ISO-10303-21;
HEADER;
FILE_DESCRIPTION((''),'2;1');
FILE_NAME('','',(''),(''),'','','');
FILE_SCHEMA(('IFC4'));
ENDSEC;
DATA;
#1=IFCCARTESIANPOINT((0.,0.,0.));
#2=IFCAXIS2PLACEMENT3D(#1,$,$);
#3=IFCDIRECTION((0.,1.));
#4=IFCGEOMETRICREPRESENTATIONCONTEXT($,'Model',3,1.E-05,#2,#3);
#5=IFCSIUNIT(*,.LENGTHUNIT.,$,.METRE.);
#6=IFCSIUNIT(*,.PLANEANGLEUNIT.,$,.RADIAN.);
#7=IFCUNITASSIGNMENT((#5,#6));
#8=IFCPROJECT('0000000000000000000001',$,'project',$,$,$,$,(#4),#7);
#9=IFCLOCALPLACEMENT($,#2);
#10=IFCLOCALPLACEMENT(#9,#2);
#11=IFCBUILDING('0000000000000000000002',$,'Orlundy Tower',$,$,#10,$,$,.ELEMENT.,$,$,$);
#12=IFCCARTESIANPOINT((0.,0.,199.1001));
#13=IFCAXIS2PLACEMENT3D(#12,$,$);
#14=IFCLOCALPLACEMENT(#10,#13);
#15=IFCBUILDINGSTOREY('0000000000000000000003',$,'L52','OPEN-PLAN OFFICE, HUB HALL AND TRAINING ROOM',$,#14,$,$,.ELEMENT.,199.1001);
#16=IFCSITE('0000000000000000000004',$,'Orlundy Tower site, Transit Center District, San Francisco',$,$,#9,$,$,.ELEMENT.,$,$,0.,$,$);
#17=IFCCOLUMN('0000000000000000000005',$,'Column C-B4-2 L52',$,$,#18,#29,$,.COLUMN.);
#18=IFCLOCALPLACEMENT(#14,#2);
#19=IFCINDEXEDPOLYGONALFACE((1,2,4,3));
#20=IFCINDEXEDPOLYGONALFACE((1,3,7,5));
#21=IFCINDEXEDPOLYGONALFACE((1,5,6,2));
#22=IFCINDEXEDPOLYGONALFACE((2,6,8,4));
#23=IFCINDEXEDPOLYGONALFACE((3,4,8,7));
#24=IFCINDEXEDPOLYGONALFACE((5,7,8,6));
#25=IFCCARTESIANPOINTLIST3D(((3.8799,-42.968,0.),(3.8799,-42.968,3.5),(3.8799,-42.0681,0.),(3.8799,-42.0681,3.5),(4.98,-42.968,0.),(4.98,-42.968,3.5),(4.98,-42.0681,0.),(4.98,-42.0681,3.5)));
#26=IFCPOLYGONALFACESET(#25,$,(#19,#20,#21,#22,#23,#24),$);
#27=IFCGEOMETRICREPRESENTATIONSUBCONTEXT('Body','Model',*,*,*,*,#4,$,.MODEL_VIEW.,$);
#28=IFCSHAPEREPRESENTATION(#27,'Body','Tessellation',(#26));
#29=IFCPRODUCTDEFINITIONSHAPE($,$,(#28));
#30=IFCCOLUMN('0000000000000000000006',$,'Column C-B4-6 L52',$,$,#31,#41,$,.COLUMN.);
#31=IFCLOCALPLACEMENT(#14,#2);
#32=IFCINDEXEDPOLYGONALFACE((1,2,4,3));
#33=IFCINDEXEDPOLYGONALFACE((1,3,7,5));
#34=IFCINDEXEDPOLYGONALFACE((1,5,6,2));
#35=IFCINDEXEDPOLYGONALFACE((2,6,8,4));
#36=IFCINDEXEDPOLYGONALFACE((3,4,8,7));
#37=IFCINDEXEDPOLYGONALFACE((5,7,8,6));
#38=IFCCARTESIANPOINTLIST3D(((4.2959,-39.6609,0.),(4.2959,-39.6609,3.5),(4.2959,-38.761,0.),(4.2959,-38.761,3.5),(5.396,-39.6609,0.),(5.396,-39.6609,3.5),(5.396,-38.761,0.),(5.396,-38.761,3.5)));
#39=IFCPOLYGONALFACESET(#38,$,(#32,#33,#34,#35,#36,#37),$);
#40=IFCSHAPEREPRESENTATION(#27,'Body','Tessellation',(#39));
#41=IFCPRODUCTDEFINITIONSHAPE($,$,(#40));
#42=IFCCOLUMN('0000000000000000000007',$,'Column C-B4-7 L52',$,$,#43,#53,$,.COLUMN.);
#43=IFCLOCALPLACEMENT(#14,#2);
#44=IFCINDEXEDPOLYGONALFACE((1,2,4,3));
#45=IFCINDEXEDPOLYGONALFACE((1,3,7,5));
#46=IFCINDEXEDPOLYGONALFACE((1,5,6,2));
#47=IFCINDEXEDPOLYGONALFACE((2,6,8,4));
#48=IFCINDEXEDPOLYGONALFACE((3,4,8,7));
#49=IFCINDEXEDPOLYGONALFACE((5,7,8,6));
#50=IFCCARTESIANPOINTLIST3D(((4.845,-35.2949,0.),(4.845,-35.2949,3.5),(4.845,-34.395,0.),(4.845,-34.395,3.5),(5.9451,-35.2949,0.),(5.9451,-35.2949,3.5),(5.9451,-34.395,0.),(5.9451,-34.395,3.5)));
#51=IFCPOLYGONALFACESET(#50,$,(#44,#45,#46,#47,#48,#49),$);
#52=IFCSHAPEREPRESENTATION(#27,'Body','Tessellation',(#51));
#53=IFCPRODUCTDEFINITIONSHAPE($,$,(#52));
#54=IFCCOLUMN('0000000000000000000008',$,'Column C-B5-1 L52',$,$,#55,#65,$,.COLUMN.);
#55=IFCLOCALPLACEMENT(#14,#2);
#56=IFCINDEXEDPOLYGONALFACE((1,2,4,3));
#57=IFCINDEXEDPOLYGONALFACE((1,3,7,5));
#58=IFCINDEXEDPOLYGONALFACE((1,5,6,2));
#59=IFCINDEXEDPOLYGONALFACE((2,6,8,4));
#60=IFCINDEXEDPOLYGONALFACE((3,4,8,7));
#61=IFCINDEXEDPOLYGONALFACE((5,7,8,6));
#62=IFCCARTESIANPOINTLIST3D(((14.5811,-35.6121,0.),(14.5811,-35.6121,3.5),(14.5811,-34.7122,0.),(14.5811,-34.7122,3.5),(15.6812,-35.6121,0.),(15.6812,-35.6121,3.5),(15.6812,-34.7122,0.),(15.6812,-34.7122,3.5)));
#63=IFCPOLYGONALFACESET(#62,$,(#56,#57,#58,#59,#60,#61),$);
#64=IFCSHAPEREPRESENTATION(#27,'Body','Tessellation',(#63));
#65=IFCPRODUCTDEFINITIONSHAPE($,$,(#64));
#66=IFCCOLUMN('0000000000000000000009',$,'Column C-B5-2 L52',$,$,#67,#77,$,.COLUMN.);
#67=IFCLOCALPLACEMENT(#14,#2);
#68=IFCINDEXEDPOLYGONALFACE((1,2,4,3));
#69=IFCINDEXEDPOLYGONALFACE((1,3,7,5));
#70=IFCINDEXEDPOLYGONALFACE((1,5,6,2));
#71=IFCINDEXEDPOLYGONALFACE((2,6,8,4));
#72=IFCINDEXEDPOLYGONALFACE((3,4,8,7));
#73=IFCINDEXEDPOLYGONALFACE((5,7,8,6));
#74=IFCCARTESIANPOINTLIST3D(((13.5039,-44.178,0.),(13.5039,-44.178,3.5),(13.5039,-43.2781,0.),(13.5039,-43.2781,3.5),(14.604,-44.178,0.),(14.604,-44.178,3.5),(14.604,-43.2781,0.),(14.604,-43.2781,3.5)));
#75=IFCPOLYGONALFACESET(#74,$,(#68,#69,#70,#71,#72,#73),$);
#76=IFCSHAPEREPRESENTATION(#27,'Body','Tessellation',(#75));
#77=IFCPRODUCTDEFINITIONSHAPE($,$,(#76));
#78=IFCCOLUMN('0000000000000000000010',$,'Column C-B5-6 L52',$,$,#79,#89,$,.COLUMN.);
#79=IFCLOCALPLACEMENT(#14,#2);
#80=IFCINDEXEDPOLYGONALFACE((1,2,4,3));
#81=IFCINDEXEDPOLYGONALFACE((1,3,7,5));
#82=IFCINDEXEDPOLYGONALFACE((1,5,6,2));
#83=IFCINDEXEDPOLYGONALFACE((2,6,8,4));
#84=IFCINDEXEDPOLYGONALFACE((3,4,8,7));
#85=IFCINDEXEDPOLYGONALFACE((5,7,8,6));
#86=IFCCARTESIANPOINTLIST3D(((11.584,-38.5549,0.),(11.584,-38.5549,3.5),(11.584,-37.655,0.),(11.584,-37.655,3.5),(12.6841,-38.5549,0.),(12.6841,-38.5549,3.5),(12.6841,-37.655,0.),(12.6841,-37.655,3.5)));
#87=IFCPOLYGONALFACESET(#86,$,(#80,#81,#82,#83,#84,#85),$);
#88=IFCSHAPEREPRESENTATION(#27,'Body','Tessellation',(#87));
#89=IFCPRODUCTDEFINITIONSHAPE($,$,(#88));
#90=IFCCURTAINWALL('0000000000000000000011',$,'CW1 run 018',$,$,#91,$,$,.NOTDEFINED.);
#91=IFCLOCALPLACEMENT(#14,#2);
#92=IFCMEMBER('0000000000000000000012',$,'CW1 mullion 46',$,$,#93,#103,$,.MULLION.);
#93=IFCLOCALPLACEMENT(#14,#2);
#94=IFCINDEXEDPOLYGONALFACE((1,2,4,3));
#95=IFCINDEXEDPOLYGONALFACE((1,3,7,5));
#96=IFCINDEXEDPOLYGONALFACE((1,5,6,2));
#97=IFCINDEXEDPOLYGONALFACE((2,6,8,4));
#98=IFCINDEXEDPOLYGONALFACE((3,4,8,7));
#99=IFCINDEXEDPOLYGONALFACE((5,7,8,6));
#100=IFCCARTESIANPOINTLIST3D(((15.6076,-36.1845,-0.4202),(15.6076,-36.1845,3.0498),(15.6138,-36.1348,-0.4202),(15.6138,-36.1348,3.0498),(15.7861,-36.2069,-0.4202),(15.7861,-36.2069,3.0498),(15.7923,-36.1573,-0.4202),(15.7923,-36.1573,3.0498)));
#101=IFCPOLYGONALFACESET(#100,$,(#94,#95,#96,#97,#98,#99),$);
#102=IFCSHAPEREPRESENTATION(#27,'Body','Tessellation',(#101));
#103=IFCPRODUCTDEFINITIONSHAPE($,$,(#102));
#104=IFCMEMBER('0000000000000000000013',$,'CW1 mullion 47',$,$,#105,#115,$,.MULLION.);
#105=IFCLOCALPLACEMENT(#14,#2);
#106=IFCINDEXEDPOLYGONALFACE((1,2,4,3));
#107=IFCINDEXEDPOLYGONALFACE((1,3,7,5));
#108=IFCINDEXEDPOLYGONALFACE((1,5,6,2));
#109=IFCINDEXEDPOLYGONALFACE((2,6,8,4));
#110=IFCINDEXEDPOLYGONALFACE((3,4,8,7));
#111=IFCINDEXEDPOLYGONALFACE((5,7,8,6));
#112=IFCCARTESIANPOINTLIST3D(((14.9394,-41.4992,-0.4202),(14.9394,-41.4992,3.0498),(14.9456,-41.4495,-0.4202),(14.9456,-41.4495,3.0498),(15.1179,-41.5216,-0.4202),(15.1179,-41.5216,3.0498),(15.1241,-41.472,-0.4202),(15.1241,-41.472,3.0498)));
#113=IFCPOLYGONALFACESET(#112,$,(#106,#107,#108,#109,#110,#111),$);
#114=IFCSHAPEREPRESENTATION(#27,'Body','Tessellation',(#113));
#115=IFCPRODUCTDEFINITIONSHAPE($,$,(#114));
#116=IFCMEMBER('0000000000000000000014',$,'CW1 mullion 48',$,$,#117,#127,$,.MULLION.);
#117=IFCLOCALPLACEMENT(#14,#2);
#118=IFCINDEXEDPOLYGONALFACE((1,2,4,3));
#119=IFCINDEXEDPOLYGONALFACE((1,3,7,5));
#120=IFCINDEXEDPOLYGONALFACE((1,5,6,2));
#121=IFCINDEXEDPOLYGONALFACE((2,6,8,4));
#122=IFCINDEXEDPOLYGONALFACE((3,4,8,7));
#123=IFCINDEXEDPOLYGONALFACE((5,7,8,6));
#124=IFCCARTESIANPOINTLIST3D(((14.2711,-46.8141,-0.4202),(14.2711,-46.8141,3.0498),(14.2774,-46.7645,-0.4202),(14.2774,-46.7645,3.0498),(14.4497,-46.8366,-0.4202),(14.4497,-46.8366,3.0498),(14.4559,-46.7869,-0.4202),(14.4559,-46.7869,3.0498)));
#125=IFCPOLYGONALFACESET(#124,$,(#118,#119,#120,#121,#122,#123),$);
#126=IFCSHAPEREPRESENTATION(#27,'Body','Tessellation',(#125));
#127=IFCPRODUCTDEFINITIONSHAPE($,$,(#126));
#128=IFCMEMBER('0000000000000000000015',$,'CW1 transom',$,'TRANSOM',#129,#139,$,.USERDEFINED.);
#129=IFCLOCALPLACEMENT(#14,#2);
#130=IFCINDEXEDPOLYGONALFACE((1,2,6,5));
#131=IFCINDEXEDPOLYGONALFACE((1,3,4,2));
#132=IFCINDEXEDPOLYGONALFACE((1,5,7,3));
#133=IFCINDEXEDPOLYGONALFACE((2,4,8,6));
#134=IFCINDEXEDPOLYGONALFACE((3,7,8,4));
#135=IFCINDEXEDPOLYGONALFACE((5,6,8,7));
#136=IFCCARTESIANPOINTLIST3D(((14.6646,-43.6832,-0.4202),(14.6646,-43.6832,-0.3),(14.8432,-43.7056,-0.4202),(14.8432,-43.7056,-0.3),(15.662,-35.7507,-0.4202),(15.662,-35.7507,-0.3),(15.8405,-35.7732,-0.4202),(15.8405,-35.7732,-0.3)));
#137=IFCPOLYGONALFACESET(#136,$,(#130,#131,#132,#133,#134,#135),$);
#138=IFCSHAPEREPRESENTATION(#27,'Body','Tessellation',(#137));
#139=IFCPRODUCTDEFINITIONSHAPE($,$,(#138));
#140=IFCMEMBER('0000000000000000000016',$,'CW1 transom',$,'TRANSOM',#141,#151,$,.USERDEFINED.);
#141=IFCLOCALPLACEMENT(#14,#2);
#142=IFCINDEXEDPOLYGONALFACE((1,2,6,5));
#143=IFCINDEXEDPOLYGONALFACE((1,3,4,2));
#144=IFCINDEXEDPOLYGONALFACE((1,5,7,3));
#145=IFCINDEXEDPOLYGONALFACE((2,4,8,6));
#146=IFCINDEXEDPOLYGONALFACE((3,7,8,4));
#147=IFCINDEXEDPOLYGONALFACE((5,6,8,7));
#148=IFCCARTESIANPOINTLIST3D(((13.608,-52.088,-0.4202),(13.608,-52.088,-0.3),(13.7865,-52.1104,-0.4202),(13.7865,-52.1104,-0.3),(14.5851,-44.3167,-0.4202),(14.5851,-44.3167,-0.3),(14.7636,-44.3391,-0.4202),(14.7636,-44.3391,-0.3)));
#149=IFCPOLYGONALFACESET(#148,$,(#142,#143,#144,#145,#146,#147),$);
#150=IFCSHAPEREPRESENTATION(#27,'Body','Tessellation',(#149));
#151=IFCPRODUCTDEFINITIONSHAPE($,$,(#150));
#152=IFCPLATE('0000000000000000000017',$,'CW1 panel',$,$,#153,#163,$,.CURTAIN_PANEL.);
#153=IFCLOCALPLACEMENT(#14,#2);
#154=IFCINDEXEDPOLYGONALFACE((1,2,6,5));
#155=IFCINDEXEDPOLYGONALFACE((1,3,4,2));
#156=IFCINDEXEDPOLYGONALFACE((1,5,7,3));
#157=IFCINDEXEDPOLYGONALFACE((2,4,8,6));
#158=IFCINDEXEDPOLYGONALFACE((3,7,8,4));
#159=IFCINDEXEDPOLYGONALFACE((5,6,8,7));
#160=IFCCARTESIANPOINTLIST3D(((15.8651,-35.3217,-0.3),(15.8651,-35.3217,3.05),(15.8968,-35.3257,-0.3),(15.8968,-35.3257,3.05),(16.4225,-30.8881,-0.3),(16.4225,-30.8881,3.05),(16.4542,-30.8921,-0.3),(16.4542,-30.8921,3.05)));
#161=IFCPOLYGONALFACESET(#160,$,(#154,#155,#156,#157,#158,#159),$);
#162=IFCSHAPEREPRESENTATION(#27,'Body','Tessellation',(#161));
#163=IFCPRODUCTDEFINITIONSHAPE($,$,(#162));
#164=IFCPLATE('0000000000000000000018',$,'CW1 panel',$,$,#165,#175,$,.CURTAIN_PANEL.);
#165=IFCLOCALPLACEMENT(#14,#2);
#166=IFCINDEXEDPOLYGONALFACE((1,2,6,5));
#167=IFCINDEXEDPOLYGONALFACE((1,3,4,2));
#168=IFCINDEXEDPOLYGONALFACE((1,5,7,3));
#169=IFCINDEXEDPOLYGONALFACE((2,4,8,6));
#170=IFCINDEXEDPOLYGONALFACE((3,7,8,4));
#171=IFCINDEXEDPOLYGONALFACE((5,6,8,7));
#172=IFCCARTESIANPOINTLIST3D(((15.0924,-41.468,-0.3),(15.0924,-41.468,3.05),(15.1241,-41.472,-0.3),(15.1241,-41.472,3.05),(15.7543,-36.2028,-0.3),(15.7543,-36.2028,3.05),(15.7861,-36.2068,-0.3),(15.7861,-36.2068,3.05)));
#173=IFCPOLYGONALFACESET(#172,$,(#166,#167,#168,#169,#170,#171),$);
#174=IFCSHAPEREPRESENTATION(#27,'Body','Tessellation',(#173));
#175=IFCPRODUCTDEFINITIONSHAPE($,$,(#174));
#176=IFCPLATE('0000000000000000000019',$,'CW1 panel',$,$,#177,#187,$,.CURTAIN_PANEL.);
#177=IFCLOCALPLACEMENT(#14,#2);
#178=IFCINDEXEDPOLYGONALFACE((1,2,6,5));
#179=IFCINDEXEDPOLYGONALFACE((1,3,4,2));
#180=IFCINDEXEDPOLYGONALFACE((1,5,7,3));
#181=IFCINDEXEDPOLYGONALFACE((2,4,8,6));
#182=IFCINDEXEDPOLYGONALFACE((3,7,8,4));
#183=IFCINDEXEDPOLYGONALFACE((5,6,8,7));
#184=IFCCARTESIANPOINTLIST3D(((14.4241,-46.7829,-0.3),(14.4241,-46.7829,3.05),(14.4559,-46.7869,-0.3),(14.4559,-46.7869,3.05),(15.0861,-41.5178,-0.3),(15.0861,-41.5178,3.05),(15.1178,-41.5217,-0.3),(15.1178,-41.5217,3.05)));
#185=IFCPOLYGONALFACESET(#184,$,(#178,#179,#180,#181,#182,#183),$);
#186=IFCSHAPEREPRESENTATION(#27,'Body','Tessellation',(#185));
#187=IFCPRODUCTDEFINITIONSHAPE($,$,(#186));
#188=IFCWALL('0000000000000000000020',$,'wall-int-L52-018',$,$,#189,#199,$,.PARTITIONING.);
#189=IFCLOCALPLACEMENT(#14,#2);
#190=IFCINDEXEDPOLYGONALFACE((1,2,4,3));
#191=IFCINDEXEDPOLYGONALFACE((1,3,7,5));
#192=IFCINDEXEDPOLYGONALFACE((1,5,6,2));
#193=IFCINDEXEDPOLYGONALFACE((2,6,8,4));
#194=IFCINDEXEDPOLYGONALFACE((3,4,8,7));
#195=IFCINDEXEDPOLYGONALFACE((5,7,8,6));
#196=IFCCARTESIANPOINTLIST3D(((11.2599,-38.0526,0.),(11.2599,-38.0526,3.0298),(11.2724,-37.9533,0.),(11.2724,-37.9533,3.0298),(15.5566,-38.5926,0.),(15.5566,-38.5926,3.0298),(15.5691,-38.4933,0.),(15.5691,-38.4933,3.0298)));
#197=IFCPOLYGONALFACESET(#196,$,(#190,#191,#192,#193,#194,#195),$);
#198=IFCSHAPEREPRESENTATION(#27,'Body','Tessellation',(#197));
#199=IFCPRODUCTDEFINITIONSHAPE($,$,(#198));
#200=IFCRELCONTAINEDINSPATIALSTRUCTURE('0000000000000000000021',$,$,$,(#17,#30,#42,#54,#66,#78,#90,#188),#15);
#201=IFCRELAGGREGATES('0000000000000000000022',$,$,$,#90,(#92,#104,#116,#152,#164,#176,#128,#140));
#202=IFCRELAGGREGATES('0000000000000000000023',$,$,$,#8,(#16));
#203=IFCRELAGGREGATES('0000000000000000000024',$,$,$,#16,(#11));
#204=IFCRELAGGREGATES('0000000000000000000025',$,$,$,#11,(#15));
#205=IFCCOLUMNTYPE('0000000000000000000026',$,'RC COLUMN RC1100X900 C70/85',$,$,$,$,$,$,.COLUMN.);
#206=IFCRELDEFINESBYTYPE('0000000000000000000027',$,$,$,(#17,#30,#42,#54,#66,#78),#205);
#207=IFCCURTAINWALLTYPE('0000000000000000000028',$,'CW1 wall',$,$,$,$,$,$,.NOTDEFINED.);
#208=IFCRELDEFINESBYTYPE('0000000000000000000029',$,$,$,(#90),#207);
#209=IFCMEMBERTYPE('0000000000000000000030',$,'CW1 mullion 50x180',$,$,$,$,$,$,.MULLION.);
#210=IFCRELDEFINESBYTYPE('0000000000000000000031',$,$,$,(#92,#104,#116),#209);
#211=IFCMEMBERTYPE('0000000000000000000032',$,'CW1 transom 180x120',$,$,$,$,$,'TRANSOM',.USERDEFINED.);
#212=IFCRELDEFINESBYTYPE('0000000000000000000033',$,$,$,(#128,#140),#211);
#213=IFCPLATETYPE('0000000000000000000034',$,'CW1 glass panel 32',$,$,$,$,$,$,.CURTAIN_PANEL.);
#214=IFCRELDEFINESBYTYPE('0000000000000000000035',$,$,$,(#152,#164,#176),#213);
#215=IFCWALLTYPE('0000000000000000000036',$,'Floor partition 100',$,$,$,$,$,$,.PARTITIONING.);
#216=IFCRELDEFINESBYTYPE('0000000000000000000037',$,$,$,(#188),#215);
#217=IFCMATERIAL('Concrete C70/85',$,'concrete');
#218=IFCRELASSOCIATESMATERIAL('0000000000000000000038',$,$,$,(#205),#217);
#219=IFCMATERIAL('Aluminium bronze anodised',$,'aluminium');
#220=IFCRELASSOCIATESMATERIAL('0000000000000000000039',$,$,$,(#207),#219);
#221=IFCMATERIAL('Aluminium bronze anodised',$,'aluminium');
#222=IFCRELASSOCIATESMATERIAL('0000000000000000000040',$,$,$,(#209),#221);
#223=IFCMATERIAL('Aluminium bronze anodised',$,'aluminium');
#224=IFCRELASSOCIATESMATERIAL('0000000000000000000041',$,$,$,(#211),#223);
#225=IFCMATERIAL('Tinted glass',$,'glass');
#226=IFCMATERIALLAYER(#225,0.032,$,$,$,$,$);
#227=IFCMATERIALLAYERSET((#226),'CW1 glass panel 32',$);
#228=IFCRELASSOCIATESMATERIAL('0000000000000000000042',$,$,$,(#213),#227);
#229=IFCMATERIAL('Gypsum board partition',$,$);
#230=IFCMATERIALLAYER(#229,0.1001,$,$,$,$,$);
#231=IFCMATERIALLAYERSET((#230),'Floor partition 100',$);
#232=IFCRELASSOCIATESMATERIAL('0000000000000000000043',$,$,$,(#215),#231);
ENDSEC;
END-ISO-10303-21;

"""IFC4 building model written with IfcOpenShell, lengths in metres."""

from ifc_helpers import new_model, si_unit, direction, frame, frame_2d, origin, origin_2d, place, context, subcontext, project, spatial, rectangle, extrude, material, layer, layer_set, material_profile, profile_set, type_object, element, aggregate, save


model = new_model("IFC4")

# Units and contexts
model_context = context("Model", 3, precision=1e-05, world=origin(), true_north=direction((0.0, 1.0)))
body_context = subcontext(model_context, "Body", "Model", "MODEL_VIEW")
ifc_project = project(units=[si_unit("LENGTHUNIT", "METRE"), si_unit("PLANEANGLEUNIT", "RADIAN")], contexts=[model_context])

# Site, building, storey
site_placement = place(None, origin())
site = spatial("IfcSite", under=ifc_project, at=site_placement, Name="Orlundy Tower site, Transit Center District, San Francisco", CompositionType="ELEMENT", RefElevation=0.0)
building_placement = place(site_placement, origin())
building = spatial("IfcBuilding", under=site, at=building_placement, Name="Orlundy Tower", CompositionType="ELEMENT")
storey_placement = place(building_placement, frame((0.0, 0.0, 199.1001)))
storey = spatial("IfcBuildingStorey", under=building, at=storey_placement, Name="L52", Description="OPEN-PLAN OFFICE, HUB HALL AND TRAINING ROOM", CompositionType="ELEMENT", Elevation=199.1001)

# Columns
ifc_material_1 = material(Name="Concrete C70/85", Category="concrete")
ifc_material_profile_1 = material_profile(ifc_material_1, rectangle(XDim=1.1001, YDim=0.8999, at=origin_2d()), Name="RC1100X900")
ifc_profile_set_1 = profile_set([ifc_material_profile_1], Name="Concrete C70/85")
column_type = type_object("IfcColumnType", Name="RC COLUMN RC1100X900 C70/85", PredefinedType="COLUMN", material=ifc_profile_set_1)
for number, where, z_axis, x_axis, name in (
    (1, (4.4299, -42.5181, 0.0), (0.0, 0.0, 1.0), (1.0, 0.0, 0.0), "Column C-B4-2 L52"),
    (2, (4.8459, -39.2109, 0.0), (0.0, 0.0, 1.0), (1.0, 0.0, 0.0), "Column C-B4-6 L52"),
    (3, (5.395, -34.845, 0.0), (0.0, 0.0, 1.0), (1.0, 0.0, 0.0), "Column C-B4-7 L52"),
    (4, (15.1311, -35.1621, 0.0), (0.0, 0.0, 1.0), (1.0, 0.0, 0.0), "Column C-B5-1 L52"),
    (5, (14.054, -43.728, 0.0), (0.0, 0.0, 1.0), (1.0, 0.0, 0.0), "Column C-B5-2 L52"),
    (6, (12.134, -38.105, 0.0), (0.0, 0.0, 1.0), (1.0, 0.0, 0.0), "Column C-B5-6 L52"),
):
    element("IfcColumn", number, at=place(storey_placement, frame(where, z_axis=z_axis, x_axis=x_axis)), inside=storey, type_object=column_type, Name=name, PredefinedType="COLUMN", context=body_context, shape_type="SweptSolid", body=[
        extrude(rectangle(XDim=1.1001, YDim=0.8999, at=origin_2d()), origin(), (0.0, 0.0, 1.0), 3.5),
    ])

# Curtain wall, members, plates
ifc_material_2 = material(Name="Aluminium bronze anodised", Category="aluminium")
curtain_wall_type = type_object("IfcCurtainWallType", Name="CW1 wall", PredefinedType="NOTDEFINED", material=ifc_material_2)
curtain_wall_placement = place(storey_placement, origin())
curtain_wall = element("IfcCurtainWall", 7, at=curtain_wall_placement, inside=storey, type_object=curtain_wall_type, Name="CW1 run 018", PredefinedType="NOTDEFINED")
ifc_material_3 = material(Name="Aluminium bronze anodised", Category="aluminium")
ifc_material_profile_2 = material_profile(ifc_material_3, rectangle(XDim=0.1799, YDim=0.05, at=origin_2d()), Name="CW1 mullion 50x180")
ifc_profile_set_2 = profile_set([ifc_material_profile_2], Name="Aluminium bronze anodised")
member_type_1 = type_object("IfcMemberType", Name="CW1 mullion 50x180", PredefinedType="MULLION", material=ifc_profile_set_2)
member_1_placement = place(storey_placement, frame((15.7, -36.1709, -0.4202), z_axis=(0.0, 0.0, 1.0), x_axis=(0.992189, -0.124742, 0.0)))
member_1 = element("IfcMember", 8, at=member_1_placement, type_object=member_type_1, Name="CW1 mullion 46", PredefinedType="MULLION", context=body_context, shape_type="SweptSolid", body=[
    extrude(rectangle(XDim=0.1799, YDim=0.05, at=origin_2d()), origin(), (0.0, 0.0, 1.0), 3.47),
])
member_2_placement = place(storey_placement, frame((15.0317, -41.4856, -0.4202), z_axis=(0.0, 0.0, 1.0), x_axis=(0.992189, -0.124742, 0.0)))
member_2 = element("IfcMember", 9, at=member_2_placement, type_object=member_type_1, Name="CW1 mullion 47", PredefinedType="MULLION", context=body_context, shape_type="SweptSolid", body=[
    extrude(rectangle(XDim=0.1799, YDim=0.05, at=origin_2d()), origin(), (0.0, 0.0, 1.0), 3.47),
])
member_3_placement = place(storey_placement, frame((14.3635, -46.8005, -0.4202), z_axis=(0.0, 0.0, 1.0), x_axis=(0.992189, -0.124742, 0.0)))
member_3 = element("IfcMember", 10, at=member_3_placement, type_object=member_type_1, Name="CW1 mullion 48", PredefinedType="MULLION", context=body_context, shape_type="SweptSolid", body=[
    extrude(rectangle(XDim=0.1799, YDim=0.05, at=origin_2d()), origin(), (0.0, 0.0, 1.0), 3.47),
])
ifc_material_4 = material(Name="Aluminium bronze anodised", Category="aluminium")
ifc_material_profile_3 = material_profile(ifc_material_4, rectangle(XDim=0.1799, YDim=0.1201, at=origin_2d()), Name="CW1 transom 180x120")
ifc_profile_set_3 = profile_set([ifc_material_profile_3], Name="Aluminium bronze anodised")
member_type_2 = type_object("IfcMemberType", Name="CW1 transom 180x120", ElementType="TRANSOM", PredefinedType="USERDEFINED", material=ifc_profile_set_3)
member_4_placement = place(storey_placement, frame((15.7512, -35.762, -0.3601), z_axis=(-0.124745, -0.992189, 0.0), x_axis=(0.992189, -0.124745, 0.0)))
member_4 = element("IfcMember", 11, at=member_4_placement, type_object=member_type_2, Name="CW1 transom", ObjectType="TRANSOM", PredefinedType="USERDEFINED", context=body_context, shape_type="SweptSolid", body=[
    extrude(rectangle(XDim=0.1799, YDim=0.1201, at=origin_2d()), origin(), (0.0, 0.0, 1.0), 7.9949),
])
member_5_placement = place(storey_placement, frame((14.6743, -44.3279, -0.3601), z_axis=(-0.124744, -0.992189, 0.0), x_axis=(0.992189, -0.124744, 0.0)))
member_5 = element("IfcMember", 12, at=member_5_placement, type_object=member_type_2, Name="CW1 transom", ObjectType="TRANSOM", PredefinedType="USERDEFINED", context=body_context, shape_type="SweptSolid", body=[
    extrude(rectangle(XDim=0.1799, YDim=0.1201, at=origin_2d()), origin(), (0.0, 0.0, 1.0), 7.8325),
])
ifc_material_5 = material(Name="Tinted glass", Category="glass")
ifc_layer_1 = layer(ifc_material_5, 0.032)
ifc_layer_set_1 = layer_set([ifc_layer_1], Name="CW1 glass panel 32")
plate_type = type_object("IfcPlateType", Name="CW1 glass panel 32", PredefinedType="CURTAIN_PANEL", material=ifc_layer_set_1)
plate_1_placement = place(storey_placement, frame((16.1597, -33.1069, -0.3), z_axis=(0.0, 0.0, 1.0), x_axis=(-0.124742, -0.992189, 0.0)))
plate_1 = element("IfcPlate", 13, at=plate_1_placement, type_object=plate_type, Name="CW1 panel", PredefinedType="CURTAIN_PANEL", context=body_context, shape_type="SweptSolid", body=[
    extrude(rectangle(XDim=4.4685, YDim=0.032, at=origin_2d()), origin(), (0.0, 0.0, 1.0), 3.3501),
])
plate_2_placement = place(storey_placement, frame((15.4392, -38.8374, -0.3), z_axis=(0.0, 0.0, 1.0), x_axis=(-0.124742, -0.992189, 0.0)))
plate_2 = element("IfcPlate", 14, at=plate_2_placement, type_object=plate_type, Name="CW1 panel", PredefinedType="CURTAIN_PANEL", context=body_context, shape_type="SweptSolid", body=[
    extrude(rectangle(XDim=5.3066, YDim=0.032, at=origin_2d()), origin(), (0.0, 0.0, 1.0), 3.3501),
])
plate_3_placement = place(storey_placement, frame((14.771, -44.1523, -0.3), z_axis=(0.0, 0.0, 1.0), x_axis=(-0.124742, -0.992189, 0.0)))
plate_3 = element("IfcPlate", 15, at=plate_3_placement, type_object=plate_type, Name="CW1 panel", PredefinedType="CURTAIN_PANEL", context=body_context, shape_type="SweptSolid", body=[
    extrude(rectangle(XDim=5.3066, YDim=0.032, at=origin_2d()), origin(), (0.0, 0.0, 1.0), 3.3501),
])
aggregate(curtain_wall, [member_1, member_2, member_3, plate_1, plate_2, plate_3, member_4, member_5])

# Wall
ifc_material_6 = material(Name="Gypsum board partition")
ifc_layer_2 = layer(ifc_material_6, 0.1001)
ifc_layer_set_2 = layer_set([ifc_layer_2], Name="Floor partition 100")
wall_type_1 = type_object("IfcWallType", Name="Floor partition 100", PredefinedType="PARTITIONING", material=ifc_layer_set_2)
for number, where, z_axis, x_axis, name in (
    (16, (11.2661, -38.0029, 0.0), (0.0, 0.0, 1.0), (0.992194, -0.124701, 0.0), "wall-int-L52-018"),
):
    element("IfcWall", number, at=place(storey_placement, frame(where, z_axis=z_axis, x_axis=x_axis)), inside=storey, type_object=wall_type_1, Name=name, PredefinedType="PARTITIONING", context=body_context, shape_type="SweptSolid", body=[
        extrude(rectangle(XDim=4.3306, YDim=0.1001, at=frame_2d((2.1653, 0.0))), origin(), (0.0, 0.0, 1.0), 3.0298),
    ])

save(model, "model.ifc")
